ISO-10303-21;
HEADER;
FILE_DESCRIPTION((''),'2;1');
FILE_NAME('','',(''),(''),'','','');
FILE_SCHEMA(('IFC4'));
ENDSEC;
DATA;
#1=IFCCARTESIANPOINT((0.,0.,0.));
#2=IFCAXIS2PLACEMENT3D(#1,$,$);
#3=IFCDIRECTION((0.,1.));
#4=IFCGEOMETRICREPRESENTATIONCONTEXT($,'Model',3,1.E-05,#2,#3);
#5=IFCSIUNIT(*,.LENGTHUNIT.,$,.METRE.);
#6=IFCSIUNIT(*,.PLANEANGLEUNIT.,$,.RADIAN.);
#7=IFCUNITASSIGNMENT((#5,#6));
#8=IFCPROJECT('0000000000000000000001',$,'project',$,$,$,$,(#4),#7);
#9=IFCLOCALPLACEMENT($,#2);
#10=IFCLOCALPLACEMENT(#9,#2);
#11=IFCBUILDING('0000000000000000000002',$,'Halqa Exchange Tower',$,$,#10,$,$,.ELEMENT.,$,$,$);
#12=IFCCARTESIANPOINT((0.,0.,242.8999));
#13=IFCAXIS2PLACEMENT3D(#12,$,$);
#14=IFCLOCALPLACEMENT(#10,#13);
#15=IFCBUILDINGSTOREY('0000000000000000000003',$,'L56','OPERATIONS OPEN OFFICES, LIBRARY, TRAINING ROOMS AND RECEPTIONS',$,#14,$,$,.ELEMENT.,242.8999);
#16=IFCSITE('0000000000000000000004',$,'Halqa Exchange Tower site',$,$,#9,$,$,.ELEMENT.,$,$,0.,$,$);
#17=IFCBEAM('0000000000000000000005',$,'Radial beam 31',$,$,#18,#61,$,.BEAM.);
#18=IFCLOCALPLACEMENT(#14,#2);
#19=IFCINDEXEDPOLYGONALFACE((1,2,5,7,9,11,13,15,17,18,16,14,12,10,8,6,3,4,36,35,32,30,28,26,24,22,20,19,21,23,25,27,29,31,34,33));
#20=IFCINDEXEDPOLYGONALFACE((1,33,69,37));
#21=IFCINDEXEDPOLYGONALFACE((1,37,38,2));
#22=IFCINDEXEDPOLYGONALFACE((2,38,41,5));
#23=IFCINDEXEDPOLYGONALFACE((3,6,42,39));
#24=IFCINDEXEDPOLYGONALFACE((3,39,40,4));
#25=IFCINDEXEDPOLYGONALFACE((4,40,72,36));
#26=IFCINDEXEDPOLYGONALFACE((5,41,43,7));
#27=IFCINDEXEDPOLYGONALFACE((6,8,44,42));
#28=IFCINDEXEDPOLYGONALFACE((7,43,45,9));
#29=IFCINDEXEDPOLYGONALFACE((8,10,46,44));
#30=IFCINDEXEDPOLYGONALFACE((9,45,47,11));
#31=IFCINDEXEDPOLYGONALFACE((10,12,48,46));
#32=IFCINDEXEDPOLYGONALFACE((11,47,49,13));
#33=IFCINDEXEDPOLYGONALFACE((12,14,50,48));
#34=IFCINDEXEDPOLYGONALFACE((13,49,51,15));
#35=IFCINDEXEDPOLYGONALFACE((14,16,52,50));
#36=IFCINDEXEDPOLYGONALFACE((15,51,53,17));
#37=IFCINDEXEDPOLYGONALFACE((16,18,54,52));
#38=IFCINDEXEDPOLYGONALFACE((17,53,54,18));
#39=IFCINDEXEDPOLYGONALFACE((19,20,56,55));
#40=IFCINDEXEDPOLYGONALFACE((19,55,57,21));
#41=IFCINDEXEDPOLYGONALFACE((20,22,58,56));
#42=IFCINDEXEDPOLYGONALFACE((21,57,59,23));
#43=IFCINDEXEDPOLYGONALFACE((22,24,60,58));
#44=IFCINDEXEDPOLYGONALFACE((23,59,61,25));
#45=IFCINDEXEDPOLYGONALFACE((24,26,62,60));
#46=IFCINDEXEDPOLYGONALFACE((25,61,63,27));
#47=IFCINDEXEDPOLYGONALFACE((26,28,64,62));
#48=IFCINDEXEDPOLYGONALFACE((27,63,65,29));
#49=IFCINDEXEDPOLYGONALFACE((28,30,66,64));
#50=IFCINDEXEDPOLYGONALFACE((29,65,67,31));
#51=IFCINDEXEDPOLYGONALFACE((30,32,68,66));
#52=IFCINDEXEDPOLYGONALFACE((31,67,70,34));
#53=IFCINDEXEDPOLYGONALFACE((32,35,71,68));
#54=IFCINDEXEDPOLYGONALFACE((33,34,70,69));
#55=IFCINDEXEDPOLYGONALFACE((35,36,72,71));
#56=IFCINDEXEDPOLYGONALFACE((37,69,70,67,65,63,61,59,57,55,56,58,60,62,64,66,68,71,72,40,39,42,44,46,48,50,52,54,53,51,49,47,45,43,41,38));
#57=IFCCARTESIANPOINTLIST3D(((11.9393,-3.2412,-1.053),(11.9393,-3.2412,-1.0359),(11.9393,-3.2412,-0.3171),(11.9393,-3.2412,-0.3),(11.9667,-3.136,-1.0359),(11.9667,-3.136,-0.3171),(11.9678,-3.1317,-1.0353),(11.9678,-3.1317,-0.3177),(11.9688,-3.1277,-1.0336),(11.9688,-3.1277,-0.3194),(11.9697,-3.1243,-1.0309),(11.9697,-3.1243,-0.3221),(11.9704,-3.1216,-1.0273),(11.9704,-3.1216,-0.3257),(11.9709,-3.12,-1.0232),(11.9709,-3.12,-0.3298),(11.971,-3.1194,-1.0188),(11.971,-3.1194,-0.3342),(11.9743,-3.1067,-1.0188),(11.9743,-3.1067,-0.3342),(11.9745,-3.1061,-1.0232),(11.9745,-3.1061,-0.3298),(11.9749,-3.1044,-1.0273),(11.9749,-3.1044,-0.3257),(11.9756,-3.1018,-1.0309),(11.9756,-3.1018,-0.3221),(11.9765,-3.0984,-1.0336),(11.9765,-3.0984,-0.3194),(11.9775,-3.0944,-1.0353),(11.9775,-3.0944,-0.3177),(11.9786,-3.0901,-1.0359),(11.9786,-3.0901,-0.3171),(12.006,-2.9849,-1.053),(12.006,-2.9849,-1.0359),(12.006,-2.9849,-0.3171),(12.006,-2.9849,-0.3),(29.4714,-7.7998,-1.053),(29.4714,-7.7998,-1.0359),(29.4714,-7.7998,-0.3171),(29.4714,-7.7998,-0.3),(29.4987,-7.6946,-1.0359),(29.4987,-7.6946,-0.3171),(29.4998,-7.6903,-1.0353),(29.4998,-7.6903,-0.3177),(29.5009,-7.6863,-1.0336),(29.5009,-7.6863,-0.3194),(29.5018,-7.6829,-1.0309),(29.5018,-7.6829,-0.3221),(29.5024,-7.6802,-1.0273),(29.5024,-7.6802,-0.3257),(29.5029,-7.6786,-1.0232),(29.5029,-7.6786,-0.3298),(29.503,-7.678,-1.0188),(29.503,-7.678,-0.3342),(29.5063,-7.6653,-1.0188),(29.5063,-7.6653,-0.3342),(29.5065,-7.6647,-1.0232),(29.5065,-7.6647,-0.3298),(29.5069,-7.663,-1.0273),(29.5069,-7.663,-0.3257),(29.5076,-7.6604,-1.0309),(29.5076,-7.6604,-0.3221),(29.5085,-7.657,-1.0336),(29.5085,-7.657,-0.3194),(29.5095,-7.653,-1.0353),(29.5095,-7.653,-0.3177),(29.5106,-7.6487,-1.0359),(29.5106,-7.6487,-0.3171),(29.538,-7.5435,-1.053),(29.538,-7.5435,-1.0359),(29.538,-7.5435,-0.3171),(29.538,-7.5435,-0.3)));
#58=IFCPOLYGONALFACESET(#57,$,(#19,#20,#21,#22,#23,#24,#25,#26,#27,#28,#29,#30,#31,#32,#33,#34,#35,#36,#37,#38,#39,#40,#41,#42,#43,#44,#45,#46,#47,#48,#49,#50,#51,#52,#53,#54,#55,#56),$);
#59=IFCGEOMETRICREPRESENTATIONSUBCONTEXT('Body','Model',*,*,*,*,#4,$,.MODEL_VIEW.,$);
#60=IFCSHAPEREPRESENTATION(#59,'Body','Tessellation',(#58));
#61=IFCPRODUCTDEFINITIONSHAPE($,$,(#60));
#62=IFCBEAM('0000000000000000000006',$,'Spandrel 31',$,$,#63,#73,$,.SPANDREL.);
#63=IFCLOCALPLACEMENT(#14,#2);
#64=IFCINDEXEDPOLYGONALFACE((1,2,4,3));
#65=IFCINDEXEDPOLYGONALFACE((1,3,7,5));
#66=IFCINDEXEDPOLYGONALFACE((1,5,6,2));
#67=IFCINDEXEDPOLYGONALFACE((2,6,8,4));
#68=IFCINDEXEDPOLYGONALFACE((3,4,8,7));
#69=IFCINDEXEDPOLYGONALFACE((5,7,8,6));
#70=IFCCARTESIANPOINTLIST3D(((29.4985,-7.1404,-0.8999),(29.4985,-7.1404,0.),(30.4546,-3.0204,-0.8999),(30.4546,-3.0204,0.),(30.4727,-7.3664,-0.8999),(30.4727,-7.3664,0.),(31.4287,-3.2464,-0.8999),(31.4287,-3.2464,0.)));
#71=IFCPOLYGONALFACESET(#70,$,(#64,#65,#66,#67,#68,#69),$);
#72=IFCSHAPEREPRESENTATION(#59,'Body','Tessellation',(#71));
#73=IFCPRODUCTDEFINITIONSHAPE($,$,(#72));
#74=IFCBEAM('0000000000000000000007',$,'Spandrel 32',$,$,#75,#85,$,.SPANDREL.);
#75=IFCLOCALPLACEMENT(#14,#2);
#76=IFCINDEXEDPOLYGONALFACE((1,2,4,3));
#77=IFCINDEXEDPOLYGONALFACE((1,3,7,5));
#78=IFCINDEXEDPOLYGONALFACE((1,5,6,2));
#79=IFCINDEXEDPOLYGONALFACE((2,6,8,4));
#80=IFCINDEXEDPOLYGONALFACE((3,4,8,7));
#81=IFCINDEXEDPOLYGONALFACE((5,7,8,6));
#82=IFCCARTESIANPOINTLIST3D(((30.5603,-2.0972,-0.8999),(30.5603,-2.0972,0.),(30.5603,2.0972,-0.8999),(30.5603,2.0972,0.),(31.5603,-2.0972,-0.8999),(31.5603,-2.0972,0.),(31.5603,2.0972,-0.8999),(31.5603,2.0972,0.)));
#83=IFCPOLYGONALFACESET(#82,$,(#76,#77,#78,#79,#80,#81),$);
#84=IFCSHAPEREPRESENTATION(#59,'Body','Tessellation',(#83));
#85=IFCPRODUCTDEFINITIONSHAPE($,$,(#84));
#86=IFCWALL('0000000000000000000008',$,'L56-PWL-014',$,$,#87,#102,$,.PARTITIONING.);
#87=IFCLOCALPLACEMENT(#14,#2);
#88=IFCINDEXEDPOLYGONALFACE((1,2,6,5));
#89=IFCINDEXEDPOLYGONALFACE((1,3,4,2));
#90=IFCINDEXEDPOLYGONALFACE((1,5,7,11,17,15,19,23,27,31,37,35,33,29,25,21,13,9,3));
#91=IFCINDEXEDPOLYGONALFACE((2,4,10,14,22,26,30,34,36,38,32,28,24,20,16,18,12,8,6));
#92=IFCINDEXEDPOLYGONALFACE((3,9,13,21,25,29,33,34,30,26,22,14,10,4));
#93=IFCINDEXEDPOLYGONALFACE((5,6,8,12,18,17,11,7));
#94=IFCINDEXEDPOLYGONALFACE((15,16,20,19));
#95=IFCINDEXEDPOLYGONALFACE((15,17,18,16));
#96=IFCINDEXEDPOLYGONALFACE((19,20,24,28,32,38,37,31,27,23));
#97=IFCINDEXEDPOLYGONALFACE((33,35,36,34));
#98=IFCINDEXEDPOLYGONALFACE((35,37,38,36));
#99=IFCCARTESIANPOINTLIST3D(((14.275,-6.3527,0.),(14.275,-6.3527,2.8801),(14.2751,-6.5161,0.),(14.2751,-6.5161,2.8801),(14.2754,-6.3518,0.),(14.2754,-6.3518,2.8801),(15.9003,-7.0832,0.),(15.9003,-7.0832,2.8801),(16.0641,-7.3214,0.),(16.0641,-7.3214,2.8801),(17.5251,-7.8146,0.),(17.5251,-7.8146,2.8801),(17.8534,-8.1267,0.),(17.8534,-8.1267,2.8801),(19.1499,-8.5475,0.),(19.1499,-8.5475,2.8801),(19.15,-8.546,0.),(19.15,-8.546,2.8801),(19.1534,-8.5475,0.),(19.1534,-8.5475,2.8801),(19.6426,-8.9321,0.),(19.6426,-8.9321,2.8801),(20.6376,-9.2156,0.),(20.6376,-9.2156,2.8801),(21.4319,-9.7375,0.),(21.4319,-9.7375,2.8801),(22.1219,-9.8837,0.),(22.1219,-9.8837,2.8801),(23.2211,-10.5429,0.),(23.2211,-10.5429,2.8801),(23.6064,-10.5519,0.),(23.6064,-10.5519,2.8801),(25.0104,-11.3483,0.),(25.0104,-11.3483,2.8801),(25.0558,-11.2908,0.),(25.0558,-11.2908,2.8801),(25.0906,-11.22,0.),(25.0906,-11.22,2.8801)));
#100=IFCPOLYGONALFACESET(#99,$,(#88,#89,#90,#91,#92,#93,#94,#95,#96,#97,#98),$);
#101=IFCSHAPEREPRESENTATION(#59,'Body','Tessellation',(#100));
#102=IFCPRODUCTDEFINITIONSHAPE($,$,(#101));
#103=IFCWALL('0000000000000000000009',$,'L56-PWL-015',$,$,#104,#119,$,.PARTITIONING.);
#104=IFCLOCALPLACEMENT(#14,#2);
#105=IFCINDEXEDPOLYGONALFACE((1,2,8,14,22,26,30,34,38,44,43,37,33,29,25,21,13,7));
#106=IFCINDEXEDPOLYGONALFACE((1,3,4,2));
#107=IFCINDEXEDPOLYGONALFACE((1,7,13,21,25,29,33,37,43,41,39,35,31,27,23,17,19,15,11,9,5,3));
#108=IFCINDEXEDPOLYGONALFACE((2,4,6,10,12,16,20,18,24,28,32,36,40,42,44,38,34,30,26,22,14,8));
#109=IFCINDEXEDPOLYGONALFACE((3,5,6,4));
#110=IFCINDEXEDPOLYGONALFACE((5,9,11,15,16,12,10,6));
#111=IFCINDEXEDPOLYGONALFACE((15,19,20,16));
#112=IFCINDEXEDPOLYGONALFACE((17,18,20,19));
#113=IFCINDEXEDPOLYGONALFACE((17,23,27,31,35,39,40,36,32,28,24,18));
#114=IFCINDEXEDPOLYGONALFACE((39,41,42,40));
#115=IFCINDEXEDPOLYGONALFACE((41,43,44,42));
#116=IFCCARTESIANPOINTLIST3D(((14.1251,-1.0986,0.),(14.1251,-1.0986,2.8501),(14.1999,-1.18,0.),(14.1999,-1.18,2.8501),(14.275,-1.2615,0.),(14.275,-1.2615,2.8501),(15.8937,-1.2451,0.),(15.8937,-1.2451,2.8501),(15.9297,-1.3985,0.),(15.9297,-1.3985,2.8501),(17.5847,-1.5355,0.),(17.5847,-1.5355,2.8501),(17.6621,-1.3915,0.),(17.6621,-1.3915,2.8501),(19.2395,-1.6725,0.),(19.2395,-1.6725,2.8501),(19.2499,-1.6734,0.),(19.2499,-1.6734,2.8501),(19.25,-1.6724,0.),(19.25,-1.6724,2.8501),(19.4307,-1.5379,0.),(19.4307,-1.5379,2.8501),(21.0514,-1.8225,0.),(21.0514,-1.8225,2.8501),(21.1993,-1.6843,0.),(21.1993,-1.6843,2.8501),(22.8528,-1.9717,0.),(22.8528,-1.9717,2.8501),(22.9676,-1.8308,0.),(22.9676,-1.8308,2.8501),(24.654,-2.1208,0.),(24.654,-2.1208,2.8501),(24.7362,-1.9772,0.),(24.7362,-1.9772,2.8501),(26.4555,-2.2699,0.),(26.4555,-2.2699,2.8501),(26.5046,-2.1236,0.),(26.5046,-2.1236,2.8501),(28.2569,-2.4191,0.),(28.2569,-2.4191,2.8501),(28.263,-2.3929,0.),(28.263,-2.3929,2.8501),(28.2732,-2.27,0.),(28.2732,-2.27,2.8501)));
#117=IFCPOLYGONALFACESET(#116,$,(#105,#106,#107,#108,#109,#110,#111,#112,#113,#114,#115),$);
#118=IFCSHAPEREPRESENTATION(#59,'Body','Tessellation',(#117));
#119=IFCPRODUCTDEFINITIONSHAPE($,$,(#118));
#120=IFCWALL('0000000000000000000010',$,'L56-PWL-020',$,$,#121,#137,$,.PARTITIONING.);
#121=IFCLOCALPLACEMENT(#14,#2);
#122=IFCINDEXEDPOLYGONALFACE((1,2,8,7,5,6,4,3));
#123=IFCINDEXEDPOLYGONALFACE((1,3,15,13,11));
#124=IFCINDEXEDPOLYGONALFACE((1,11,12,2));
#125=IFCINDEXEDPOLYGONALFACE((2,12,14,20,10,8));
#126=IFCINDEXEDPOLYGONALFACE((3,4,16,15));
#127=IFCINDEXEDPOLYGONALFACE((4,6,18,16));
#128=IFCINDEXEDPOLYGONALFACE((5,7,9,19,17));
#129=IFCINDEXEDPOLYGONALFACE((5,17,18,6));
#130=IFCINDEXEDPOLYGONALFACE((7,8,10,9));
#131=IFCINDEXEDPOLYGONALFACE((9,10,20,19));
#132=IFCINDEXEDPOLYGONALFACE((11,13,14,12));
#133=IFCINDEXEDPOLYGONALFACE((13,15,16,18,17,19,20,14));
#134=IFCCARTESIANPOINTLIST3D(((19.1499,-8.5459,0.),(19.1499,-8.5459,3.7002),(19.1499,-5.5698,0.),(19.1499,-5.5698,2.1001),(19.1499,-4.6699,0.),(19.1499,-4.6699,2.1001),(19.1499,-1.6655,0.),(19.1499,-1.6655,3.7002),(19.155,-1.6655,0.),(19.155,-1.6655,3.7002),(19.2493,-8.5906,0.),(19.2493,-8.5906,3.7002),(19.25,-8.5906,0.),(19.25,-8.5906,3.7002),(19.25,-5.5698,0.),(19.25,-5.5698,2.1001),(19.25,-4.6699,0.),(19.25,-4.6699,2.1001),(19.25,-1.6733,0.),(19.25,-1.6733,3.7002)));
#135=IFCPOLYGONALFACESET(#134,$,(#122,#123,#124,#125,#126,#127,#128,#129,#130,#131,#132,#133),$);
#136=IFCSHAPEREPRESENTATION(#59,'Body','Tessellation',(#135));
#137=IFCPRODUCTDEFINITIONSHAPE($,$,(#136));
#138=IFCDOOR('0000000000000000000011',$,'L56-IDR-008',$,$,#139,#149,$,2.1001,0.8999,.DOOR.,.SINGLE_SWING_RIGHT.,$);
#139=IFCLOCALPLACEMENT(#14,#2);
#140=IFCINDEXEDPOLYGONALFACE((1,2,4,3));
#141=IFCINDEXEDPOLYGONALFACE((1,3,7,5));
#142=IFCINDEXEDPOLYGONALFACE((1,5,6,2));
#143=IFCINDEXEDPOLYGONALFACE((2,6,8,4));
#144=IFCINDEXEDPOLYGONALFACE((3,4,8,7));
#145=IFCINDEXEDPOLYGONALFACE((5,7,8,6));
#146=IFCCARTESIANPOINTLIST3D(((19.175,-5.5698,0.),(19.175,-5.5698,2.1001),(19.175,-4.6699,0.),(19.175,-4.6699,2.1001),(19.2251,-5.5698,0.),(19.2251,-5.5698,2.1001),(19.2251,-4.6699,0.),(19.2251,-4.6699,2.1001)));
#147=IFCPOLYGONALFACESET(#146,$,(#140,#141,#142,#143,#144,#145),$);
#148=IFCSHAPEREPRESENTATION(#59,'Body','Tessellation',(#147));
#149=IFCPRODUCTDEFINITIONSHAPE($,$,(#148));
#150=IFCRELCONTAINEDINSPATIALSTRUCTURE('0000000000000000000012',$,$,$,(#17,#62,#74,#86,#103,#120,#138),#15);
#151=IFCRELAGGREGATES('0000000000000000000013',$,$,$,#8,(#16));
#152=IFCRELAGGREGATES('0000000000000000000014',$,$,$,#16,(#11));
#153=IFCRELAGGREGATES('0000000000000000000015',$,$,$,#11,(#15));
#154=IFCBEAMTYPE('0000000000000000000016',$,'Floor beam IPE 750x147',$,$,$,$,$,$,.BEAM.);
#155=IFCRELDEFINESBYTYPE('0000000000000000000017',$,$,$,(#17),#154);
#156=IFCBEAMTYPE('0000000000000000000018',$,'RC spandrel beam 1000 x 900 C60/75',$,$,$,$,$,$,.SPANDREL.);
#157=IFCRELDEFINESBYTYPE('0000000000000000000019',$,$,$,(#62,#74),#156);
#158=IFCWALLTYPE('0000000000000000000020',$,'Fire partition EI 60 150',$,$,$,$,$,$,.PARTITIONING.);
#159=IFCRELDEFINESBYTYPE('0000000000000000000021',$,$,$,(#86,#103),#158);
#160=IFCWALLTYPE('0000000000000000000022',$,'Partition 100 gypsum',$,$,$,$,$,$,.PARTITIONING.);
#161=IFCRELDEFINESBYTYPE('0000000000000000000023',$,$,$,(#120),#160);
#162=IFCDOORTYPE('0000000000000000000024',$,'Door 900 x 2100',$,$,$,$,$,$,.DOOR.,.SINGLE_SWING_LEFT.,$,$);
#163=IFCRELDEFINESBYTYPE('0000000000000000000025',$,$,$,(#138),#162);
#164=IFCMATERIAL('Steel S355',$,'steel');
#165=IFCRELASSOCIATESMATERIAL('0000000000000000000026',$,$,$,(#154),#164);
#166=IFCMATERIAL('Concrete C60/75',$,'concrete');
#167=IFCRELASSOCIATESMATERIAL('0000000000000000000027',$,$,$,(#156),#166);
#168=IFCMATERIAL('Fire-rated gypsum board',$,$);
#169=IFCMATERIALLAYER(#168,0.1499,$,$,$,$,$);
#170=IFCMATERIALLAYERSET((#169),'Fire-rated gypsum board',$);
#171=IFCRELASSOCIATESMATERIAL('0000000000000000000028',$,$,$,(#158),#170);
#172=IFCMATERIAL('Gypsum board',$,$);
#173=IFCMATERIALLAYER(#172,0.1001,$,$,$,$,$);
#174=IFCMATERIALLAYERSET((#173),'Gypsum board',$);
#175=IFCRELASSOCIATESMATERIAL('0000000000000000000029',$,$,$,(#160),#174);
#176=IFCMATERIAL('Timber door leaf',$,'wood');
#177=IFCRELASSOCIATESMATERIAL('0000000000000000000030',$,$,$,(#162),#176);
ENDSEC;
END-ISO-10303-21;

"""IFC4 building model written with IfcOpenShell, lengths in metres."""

from ifc_helpers import new_model, si_unit, direction, frame, frame_2d, origin, origin_2d, place, context, subcontext, project, spatial, polyline, rectangle, i_section, outline, extrude, material, layer, layer_set, material_profile, profile_set, type_object, element, fill, save


model = new_model("IFC4")

# Units and contexts
model_context = context("Model", 3, precision=1e-05, world=origin(), true_north=direction((0.0, 1.0)))
body_context = subcontext(model_context, "Body", "Model", "MODEL_VIEW")
ifc_project = project(units=[si_unit("LENGTHUNIT", "METRE"), si_unit("PLANEANGLEUNIT", "RADIAN")], contexts=[model_context])

# Site, building, storey
site_placement = place(None, origin())
site = spatial("IfcSite", under=ifc_project, at=site_placement, Name="Halqa Exchange Tower site", CompositionType="ELEMENT", RefElevation=0.0)
building_placement = place(site_placement, origin())
building = spatial("IfcBuilding", under=site, at=building_placement, Name="Halqa Exchange Tower", CompositionType="ELEMENT")
storey_placement = place(building_placement, frame((0.0, 0.0, 242.8999)))
storey = spatial("IfcBuildingStorey", under=building, at=storey_placement, Name="L56", Description="OPERATIONS OPEN OFFICES, LIBRARY, TRAINING ROOMS AND RECEPTIONS", CompositionType="ELEMENT", Elevation=242.8999)

# Shared definitions
ifc_material_1 = material(Name="Concrete C60/75", Category="concrete")

# Beams
ifc_material_2 = material(Name="Steel S355", Category="steel")
ifc_material_profile_1 = material_profile(ifc_material_2, i_section(OverallWidth=0.2649, OverallDepth=0.7529, WebThickness=0.0132, FlangeThickness=0.0171, FilletRadius=0.0171, at=origin_2d()), Name="IPE 750x147")
ifc_profile_set_1 = profile_set([ifc_material_profile_1], Name="Steel S355")
beam_type_1 = type_object("IfcBeamType", Name="Floor beam IPE 750x147", PredefinedType="BEAM", material=ifc_profile_set_1)
beam_1_placement = place(storey_placement, frame((11.9727, -3.113, -0.6765), z_axis=(0.967819, -0.251648, 0.0), x_axis=(0.251648, 0.967819, 0.0)))
element("IfcBeam", 1, at=beam_1_placement, inside=storey, type_object=beam_type_1, Name="Radial beam 31", PredefinedType="BEAM", context=body_context, shape_type="SweptSolid", body=[
    extrude(i_section(OverallWidth=0.2649, OverallDepth=0.7529, WebThickness=0.0132, FlangeThickness=0.0171, FilletRadius=0.0171, at=origin_2d()), origin(), (0.0, 0.0, 1.0), 18.115),
])
ifc_material_profile_2 = material_profile(ifc_material_1, rectangle(XDim=1.0, YDim=0.8999, at=origin_2d()), Name="1000 x 900")
ifc_profile_set_2 = profile_set([ifc_material_profile_2], Name="Concrete C60/75")
beam_type_2 = type_object("IfcBeamType", Name="RC spandrel beam 1000 x 900 C60/75", PredefinedType="SPANDREL", material=ifc_profile_set_2)
beam_2_placement = place(storey_placement, frame((29.9856, -7.2534, -0.45), z_axis=(0.22604, 0.974118, 0.0), x_axis=(-0.974118, 0.22604, 0.0)))
element("IfcBeam", 2, at=beam_2_placement, inside=storey, type_object=beam_type_2, Name="Spandrel 31", PredefinedType="SPANDREL", context=body_context, shape_type="SweptSolid", body=[
    extrude(rectangle(XDim=1.0, YDim=0.8999, at=origin_2d()), origin(), (0.0, 0.0, 1.0), 4.2295),
])
beam_3_placement = place(storey_placement, frame((31.0603, -2.0972, -0.45), z_axis=(0.0, 1.0, 0.0), x_axis=(-1.0, 0.0, 0.0)))
element("IfcBeam", 3, at=beam_3_placement, inside=storey, type_object=beam_type_2, Name="Spandrel 32", PredefinedType="SPANDREL", context=body_context, shape_type="SweptSolid", body=[
    extrude(rectangle(XDim=1.0, YDim=0.8999, at=origin_2d()), origin(), (0.0, 0.0, 1.0), 4.1943),
])

# Walls
ifc_material_3 = material(Name="Fire-rated gypsum board")
ifc_layer_1 = layer(ifc_material_3, 0.1499)
ifc_layer_set_1 = layer_set([ifc_layer_1], Name="Fire-rated gypsum board")
wall_type_1 = type_object("IfcWallType", Name="Fire partition EI 60 150", PredefinedType="PARTITIONING", material=ifc_layer_set_1)
wall_1_placement = place(storey_placement, frame((14.2446, -6.4202, 0.0), z_axis=(0.0, 0.0, 1.0), x_axis=(0.91188, -0.410458, 0.0)))
element("IfcWall", 4, at=wall_1_placement, inside=storey, type_object=wall_type_1, Name="L56-PWL-014", PredefinedType="PARTITIONING", context=body_context, shape_type="SweptSolid", body=[
    extrude(outline(polyline([(0.0671, -0.075), (2.0291, -0.075), (3.9912, -0.075), (5.9534, -0.075), (7.9155, -0.075), (9.8777, -0.075), (11.8398, -0.075), (11.8577, -0.0039), (11.8604, 0.075), (10.2327, 0.075), (8.6047, 0.075), (6.9771, 0.075), (5.3494, 0.075), (5.3462, 0.0735), (5.3457, 0.075), (3.5637, 0.075), (1.782, 0.075), (0.0, 0.075), (0.0, 0.074), (0.0671, -0.075)])), origin(), (0.0, 0.0, 1.0), 2.8801),
])
wall_2_placement = place(storey_placement, frame((14.1189, -1.1733, 0.0), z_axis=(0.0, 0.0, 1.0), x_axis=(0.99659, -0.082512, 0.0)))
element("IfcWall", 5, at=wall_2_placement, inside=storey, type_object=wall_type_1, Name="L56-PWL-015", PredefinedType="PARTITIONING", context=body_context, shape_type="SweptSolid", body=[
    extrude(outline(polyline([(0.1628, -0.075), (1.8232, -0.075), (3.4839, -0.075), (5.1443, -0.075), (5.1548, -0.074), (5.1548, -0.075), (6.9624, -0.075), (8.77, -0.075), (10.5774, -0.075), (12.385, -0.075), (14.1926, -0.075), (14.1965, -0.0483), (14.1965, 0.075), (12.4219, 0.075), (10.6475, 0.075), (8.8728, 0.075), (7.0984, 0.075), (5.3237, 0.075), (3.5491, 0.075), (1.7747, 0.075), (0.0, 0.075), (0.0813, 0.0), (0.1628, -0.075)])), origin(), (0.0, 0.0, 1.0), 2.8501),
])

# Wall, opening, door
ifc_material_4 = material(Name="Gypsum board")
ifc_layer_2 = layer(ifc_material_4, 0.1001)
ifc_layer_set_2 = layer_set([ifc_layer_2], Name="Gypsum board")
wall_type_2 = type_object("IfcWallType", Name="Partition 100 gypsum", PredefinedType="PARTITIONING", material=ifc_layer_set_2)
wall_3_placement = place(storey_placement, frame((19.2, -1.6655, 0.0), z_axis=(0.0, 0.0, 1.0), x_axis=(0.0, -1.0, 0.0)))
wall_3 = element("IfcWall", 6, at=wall_3_placement, inside=storey, type_object=wall_type_2, Name="L56-PWL-020", PredefinedType="PARTITIONING", context=body_context, shape_type="SweptSolid", body=[
    extrude(outline(polyline([(0.0, -0.05), (1.72, -0.05), (3.4402, -0.05), (5.1602, -0.05), (6.8804, -0.05), (6.925, 0.0493), (6.925, 0.05), (5.1958, 0.05), (3.4666, 0.05), (1.7371, 0.05), (0.0078, 0.05), (0.0, -0.0449), (0.0, -0.05)])), origin(), (0.0, 0.0, 1.0), 3.7002),
])
opening_1_placement = place(wall_3_placement, frame((3.0044, 0.0, 0.0)))
opening_1 = element("IfcOpeningElement", 7, at=opening_1_placement, cuts=wall_3, PredefinedType="OPENING", context=body_context, shape_type="SweptSolid", body=[
    extrude(rectangle(XDim=0.8999, YDim=2.1001, at=frame_2d((0.45, 1.05))), frame((0.0, 0.062, 0.0), z_axis=(0.0, -1.0, 0.0), x_axis=(1.0, 0.0, 0.0)), (0.0, 0.0, 1.0), 0.124),
])
ifc_material_5 = material(Name="Timber door leaf", Category="wood")
door_type_1 = type_object("IfcDoorType", Name="Door 900 x 2100", OperationType="SINGLE_SWING_LEFT", PredefinedType="DOOR", material=ifc_material_5)
door_1_placement = place(opening_1_placement, frame((0.8999, 0.0, 0.0), z_axis=(0.0, 0.0, 1.0), x_axis=(-1.0, 0.0, 0.0)))
door_1 = element("IfcDoor", 8, at=door_1_placement, inside=storey, type_object=door_type_1, Name="L56-IDR-008", OperationType="SINGLE_SWING_RIGHT", OverallHeight=2.1001, OverallWidth=0.8999, PredefinedType="DOOR", context=body_context, shape_type="SweptSolid", body=[
    extrude(rectangle(XDim=0.8999, YDim=2.1001, at=frame_2d((0.45, 1.05))), frame((0.0, 0.0249, 0.0), z_axis=(0.0, -1.0, 0.0), x_axis=(1.0, 0.0, 0.0)), (0.0, 0.0, 1.0), 0.05),
])
fill(opening_1, door_1)

save(model, "model.ifc")
